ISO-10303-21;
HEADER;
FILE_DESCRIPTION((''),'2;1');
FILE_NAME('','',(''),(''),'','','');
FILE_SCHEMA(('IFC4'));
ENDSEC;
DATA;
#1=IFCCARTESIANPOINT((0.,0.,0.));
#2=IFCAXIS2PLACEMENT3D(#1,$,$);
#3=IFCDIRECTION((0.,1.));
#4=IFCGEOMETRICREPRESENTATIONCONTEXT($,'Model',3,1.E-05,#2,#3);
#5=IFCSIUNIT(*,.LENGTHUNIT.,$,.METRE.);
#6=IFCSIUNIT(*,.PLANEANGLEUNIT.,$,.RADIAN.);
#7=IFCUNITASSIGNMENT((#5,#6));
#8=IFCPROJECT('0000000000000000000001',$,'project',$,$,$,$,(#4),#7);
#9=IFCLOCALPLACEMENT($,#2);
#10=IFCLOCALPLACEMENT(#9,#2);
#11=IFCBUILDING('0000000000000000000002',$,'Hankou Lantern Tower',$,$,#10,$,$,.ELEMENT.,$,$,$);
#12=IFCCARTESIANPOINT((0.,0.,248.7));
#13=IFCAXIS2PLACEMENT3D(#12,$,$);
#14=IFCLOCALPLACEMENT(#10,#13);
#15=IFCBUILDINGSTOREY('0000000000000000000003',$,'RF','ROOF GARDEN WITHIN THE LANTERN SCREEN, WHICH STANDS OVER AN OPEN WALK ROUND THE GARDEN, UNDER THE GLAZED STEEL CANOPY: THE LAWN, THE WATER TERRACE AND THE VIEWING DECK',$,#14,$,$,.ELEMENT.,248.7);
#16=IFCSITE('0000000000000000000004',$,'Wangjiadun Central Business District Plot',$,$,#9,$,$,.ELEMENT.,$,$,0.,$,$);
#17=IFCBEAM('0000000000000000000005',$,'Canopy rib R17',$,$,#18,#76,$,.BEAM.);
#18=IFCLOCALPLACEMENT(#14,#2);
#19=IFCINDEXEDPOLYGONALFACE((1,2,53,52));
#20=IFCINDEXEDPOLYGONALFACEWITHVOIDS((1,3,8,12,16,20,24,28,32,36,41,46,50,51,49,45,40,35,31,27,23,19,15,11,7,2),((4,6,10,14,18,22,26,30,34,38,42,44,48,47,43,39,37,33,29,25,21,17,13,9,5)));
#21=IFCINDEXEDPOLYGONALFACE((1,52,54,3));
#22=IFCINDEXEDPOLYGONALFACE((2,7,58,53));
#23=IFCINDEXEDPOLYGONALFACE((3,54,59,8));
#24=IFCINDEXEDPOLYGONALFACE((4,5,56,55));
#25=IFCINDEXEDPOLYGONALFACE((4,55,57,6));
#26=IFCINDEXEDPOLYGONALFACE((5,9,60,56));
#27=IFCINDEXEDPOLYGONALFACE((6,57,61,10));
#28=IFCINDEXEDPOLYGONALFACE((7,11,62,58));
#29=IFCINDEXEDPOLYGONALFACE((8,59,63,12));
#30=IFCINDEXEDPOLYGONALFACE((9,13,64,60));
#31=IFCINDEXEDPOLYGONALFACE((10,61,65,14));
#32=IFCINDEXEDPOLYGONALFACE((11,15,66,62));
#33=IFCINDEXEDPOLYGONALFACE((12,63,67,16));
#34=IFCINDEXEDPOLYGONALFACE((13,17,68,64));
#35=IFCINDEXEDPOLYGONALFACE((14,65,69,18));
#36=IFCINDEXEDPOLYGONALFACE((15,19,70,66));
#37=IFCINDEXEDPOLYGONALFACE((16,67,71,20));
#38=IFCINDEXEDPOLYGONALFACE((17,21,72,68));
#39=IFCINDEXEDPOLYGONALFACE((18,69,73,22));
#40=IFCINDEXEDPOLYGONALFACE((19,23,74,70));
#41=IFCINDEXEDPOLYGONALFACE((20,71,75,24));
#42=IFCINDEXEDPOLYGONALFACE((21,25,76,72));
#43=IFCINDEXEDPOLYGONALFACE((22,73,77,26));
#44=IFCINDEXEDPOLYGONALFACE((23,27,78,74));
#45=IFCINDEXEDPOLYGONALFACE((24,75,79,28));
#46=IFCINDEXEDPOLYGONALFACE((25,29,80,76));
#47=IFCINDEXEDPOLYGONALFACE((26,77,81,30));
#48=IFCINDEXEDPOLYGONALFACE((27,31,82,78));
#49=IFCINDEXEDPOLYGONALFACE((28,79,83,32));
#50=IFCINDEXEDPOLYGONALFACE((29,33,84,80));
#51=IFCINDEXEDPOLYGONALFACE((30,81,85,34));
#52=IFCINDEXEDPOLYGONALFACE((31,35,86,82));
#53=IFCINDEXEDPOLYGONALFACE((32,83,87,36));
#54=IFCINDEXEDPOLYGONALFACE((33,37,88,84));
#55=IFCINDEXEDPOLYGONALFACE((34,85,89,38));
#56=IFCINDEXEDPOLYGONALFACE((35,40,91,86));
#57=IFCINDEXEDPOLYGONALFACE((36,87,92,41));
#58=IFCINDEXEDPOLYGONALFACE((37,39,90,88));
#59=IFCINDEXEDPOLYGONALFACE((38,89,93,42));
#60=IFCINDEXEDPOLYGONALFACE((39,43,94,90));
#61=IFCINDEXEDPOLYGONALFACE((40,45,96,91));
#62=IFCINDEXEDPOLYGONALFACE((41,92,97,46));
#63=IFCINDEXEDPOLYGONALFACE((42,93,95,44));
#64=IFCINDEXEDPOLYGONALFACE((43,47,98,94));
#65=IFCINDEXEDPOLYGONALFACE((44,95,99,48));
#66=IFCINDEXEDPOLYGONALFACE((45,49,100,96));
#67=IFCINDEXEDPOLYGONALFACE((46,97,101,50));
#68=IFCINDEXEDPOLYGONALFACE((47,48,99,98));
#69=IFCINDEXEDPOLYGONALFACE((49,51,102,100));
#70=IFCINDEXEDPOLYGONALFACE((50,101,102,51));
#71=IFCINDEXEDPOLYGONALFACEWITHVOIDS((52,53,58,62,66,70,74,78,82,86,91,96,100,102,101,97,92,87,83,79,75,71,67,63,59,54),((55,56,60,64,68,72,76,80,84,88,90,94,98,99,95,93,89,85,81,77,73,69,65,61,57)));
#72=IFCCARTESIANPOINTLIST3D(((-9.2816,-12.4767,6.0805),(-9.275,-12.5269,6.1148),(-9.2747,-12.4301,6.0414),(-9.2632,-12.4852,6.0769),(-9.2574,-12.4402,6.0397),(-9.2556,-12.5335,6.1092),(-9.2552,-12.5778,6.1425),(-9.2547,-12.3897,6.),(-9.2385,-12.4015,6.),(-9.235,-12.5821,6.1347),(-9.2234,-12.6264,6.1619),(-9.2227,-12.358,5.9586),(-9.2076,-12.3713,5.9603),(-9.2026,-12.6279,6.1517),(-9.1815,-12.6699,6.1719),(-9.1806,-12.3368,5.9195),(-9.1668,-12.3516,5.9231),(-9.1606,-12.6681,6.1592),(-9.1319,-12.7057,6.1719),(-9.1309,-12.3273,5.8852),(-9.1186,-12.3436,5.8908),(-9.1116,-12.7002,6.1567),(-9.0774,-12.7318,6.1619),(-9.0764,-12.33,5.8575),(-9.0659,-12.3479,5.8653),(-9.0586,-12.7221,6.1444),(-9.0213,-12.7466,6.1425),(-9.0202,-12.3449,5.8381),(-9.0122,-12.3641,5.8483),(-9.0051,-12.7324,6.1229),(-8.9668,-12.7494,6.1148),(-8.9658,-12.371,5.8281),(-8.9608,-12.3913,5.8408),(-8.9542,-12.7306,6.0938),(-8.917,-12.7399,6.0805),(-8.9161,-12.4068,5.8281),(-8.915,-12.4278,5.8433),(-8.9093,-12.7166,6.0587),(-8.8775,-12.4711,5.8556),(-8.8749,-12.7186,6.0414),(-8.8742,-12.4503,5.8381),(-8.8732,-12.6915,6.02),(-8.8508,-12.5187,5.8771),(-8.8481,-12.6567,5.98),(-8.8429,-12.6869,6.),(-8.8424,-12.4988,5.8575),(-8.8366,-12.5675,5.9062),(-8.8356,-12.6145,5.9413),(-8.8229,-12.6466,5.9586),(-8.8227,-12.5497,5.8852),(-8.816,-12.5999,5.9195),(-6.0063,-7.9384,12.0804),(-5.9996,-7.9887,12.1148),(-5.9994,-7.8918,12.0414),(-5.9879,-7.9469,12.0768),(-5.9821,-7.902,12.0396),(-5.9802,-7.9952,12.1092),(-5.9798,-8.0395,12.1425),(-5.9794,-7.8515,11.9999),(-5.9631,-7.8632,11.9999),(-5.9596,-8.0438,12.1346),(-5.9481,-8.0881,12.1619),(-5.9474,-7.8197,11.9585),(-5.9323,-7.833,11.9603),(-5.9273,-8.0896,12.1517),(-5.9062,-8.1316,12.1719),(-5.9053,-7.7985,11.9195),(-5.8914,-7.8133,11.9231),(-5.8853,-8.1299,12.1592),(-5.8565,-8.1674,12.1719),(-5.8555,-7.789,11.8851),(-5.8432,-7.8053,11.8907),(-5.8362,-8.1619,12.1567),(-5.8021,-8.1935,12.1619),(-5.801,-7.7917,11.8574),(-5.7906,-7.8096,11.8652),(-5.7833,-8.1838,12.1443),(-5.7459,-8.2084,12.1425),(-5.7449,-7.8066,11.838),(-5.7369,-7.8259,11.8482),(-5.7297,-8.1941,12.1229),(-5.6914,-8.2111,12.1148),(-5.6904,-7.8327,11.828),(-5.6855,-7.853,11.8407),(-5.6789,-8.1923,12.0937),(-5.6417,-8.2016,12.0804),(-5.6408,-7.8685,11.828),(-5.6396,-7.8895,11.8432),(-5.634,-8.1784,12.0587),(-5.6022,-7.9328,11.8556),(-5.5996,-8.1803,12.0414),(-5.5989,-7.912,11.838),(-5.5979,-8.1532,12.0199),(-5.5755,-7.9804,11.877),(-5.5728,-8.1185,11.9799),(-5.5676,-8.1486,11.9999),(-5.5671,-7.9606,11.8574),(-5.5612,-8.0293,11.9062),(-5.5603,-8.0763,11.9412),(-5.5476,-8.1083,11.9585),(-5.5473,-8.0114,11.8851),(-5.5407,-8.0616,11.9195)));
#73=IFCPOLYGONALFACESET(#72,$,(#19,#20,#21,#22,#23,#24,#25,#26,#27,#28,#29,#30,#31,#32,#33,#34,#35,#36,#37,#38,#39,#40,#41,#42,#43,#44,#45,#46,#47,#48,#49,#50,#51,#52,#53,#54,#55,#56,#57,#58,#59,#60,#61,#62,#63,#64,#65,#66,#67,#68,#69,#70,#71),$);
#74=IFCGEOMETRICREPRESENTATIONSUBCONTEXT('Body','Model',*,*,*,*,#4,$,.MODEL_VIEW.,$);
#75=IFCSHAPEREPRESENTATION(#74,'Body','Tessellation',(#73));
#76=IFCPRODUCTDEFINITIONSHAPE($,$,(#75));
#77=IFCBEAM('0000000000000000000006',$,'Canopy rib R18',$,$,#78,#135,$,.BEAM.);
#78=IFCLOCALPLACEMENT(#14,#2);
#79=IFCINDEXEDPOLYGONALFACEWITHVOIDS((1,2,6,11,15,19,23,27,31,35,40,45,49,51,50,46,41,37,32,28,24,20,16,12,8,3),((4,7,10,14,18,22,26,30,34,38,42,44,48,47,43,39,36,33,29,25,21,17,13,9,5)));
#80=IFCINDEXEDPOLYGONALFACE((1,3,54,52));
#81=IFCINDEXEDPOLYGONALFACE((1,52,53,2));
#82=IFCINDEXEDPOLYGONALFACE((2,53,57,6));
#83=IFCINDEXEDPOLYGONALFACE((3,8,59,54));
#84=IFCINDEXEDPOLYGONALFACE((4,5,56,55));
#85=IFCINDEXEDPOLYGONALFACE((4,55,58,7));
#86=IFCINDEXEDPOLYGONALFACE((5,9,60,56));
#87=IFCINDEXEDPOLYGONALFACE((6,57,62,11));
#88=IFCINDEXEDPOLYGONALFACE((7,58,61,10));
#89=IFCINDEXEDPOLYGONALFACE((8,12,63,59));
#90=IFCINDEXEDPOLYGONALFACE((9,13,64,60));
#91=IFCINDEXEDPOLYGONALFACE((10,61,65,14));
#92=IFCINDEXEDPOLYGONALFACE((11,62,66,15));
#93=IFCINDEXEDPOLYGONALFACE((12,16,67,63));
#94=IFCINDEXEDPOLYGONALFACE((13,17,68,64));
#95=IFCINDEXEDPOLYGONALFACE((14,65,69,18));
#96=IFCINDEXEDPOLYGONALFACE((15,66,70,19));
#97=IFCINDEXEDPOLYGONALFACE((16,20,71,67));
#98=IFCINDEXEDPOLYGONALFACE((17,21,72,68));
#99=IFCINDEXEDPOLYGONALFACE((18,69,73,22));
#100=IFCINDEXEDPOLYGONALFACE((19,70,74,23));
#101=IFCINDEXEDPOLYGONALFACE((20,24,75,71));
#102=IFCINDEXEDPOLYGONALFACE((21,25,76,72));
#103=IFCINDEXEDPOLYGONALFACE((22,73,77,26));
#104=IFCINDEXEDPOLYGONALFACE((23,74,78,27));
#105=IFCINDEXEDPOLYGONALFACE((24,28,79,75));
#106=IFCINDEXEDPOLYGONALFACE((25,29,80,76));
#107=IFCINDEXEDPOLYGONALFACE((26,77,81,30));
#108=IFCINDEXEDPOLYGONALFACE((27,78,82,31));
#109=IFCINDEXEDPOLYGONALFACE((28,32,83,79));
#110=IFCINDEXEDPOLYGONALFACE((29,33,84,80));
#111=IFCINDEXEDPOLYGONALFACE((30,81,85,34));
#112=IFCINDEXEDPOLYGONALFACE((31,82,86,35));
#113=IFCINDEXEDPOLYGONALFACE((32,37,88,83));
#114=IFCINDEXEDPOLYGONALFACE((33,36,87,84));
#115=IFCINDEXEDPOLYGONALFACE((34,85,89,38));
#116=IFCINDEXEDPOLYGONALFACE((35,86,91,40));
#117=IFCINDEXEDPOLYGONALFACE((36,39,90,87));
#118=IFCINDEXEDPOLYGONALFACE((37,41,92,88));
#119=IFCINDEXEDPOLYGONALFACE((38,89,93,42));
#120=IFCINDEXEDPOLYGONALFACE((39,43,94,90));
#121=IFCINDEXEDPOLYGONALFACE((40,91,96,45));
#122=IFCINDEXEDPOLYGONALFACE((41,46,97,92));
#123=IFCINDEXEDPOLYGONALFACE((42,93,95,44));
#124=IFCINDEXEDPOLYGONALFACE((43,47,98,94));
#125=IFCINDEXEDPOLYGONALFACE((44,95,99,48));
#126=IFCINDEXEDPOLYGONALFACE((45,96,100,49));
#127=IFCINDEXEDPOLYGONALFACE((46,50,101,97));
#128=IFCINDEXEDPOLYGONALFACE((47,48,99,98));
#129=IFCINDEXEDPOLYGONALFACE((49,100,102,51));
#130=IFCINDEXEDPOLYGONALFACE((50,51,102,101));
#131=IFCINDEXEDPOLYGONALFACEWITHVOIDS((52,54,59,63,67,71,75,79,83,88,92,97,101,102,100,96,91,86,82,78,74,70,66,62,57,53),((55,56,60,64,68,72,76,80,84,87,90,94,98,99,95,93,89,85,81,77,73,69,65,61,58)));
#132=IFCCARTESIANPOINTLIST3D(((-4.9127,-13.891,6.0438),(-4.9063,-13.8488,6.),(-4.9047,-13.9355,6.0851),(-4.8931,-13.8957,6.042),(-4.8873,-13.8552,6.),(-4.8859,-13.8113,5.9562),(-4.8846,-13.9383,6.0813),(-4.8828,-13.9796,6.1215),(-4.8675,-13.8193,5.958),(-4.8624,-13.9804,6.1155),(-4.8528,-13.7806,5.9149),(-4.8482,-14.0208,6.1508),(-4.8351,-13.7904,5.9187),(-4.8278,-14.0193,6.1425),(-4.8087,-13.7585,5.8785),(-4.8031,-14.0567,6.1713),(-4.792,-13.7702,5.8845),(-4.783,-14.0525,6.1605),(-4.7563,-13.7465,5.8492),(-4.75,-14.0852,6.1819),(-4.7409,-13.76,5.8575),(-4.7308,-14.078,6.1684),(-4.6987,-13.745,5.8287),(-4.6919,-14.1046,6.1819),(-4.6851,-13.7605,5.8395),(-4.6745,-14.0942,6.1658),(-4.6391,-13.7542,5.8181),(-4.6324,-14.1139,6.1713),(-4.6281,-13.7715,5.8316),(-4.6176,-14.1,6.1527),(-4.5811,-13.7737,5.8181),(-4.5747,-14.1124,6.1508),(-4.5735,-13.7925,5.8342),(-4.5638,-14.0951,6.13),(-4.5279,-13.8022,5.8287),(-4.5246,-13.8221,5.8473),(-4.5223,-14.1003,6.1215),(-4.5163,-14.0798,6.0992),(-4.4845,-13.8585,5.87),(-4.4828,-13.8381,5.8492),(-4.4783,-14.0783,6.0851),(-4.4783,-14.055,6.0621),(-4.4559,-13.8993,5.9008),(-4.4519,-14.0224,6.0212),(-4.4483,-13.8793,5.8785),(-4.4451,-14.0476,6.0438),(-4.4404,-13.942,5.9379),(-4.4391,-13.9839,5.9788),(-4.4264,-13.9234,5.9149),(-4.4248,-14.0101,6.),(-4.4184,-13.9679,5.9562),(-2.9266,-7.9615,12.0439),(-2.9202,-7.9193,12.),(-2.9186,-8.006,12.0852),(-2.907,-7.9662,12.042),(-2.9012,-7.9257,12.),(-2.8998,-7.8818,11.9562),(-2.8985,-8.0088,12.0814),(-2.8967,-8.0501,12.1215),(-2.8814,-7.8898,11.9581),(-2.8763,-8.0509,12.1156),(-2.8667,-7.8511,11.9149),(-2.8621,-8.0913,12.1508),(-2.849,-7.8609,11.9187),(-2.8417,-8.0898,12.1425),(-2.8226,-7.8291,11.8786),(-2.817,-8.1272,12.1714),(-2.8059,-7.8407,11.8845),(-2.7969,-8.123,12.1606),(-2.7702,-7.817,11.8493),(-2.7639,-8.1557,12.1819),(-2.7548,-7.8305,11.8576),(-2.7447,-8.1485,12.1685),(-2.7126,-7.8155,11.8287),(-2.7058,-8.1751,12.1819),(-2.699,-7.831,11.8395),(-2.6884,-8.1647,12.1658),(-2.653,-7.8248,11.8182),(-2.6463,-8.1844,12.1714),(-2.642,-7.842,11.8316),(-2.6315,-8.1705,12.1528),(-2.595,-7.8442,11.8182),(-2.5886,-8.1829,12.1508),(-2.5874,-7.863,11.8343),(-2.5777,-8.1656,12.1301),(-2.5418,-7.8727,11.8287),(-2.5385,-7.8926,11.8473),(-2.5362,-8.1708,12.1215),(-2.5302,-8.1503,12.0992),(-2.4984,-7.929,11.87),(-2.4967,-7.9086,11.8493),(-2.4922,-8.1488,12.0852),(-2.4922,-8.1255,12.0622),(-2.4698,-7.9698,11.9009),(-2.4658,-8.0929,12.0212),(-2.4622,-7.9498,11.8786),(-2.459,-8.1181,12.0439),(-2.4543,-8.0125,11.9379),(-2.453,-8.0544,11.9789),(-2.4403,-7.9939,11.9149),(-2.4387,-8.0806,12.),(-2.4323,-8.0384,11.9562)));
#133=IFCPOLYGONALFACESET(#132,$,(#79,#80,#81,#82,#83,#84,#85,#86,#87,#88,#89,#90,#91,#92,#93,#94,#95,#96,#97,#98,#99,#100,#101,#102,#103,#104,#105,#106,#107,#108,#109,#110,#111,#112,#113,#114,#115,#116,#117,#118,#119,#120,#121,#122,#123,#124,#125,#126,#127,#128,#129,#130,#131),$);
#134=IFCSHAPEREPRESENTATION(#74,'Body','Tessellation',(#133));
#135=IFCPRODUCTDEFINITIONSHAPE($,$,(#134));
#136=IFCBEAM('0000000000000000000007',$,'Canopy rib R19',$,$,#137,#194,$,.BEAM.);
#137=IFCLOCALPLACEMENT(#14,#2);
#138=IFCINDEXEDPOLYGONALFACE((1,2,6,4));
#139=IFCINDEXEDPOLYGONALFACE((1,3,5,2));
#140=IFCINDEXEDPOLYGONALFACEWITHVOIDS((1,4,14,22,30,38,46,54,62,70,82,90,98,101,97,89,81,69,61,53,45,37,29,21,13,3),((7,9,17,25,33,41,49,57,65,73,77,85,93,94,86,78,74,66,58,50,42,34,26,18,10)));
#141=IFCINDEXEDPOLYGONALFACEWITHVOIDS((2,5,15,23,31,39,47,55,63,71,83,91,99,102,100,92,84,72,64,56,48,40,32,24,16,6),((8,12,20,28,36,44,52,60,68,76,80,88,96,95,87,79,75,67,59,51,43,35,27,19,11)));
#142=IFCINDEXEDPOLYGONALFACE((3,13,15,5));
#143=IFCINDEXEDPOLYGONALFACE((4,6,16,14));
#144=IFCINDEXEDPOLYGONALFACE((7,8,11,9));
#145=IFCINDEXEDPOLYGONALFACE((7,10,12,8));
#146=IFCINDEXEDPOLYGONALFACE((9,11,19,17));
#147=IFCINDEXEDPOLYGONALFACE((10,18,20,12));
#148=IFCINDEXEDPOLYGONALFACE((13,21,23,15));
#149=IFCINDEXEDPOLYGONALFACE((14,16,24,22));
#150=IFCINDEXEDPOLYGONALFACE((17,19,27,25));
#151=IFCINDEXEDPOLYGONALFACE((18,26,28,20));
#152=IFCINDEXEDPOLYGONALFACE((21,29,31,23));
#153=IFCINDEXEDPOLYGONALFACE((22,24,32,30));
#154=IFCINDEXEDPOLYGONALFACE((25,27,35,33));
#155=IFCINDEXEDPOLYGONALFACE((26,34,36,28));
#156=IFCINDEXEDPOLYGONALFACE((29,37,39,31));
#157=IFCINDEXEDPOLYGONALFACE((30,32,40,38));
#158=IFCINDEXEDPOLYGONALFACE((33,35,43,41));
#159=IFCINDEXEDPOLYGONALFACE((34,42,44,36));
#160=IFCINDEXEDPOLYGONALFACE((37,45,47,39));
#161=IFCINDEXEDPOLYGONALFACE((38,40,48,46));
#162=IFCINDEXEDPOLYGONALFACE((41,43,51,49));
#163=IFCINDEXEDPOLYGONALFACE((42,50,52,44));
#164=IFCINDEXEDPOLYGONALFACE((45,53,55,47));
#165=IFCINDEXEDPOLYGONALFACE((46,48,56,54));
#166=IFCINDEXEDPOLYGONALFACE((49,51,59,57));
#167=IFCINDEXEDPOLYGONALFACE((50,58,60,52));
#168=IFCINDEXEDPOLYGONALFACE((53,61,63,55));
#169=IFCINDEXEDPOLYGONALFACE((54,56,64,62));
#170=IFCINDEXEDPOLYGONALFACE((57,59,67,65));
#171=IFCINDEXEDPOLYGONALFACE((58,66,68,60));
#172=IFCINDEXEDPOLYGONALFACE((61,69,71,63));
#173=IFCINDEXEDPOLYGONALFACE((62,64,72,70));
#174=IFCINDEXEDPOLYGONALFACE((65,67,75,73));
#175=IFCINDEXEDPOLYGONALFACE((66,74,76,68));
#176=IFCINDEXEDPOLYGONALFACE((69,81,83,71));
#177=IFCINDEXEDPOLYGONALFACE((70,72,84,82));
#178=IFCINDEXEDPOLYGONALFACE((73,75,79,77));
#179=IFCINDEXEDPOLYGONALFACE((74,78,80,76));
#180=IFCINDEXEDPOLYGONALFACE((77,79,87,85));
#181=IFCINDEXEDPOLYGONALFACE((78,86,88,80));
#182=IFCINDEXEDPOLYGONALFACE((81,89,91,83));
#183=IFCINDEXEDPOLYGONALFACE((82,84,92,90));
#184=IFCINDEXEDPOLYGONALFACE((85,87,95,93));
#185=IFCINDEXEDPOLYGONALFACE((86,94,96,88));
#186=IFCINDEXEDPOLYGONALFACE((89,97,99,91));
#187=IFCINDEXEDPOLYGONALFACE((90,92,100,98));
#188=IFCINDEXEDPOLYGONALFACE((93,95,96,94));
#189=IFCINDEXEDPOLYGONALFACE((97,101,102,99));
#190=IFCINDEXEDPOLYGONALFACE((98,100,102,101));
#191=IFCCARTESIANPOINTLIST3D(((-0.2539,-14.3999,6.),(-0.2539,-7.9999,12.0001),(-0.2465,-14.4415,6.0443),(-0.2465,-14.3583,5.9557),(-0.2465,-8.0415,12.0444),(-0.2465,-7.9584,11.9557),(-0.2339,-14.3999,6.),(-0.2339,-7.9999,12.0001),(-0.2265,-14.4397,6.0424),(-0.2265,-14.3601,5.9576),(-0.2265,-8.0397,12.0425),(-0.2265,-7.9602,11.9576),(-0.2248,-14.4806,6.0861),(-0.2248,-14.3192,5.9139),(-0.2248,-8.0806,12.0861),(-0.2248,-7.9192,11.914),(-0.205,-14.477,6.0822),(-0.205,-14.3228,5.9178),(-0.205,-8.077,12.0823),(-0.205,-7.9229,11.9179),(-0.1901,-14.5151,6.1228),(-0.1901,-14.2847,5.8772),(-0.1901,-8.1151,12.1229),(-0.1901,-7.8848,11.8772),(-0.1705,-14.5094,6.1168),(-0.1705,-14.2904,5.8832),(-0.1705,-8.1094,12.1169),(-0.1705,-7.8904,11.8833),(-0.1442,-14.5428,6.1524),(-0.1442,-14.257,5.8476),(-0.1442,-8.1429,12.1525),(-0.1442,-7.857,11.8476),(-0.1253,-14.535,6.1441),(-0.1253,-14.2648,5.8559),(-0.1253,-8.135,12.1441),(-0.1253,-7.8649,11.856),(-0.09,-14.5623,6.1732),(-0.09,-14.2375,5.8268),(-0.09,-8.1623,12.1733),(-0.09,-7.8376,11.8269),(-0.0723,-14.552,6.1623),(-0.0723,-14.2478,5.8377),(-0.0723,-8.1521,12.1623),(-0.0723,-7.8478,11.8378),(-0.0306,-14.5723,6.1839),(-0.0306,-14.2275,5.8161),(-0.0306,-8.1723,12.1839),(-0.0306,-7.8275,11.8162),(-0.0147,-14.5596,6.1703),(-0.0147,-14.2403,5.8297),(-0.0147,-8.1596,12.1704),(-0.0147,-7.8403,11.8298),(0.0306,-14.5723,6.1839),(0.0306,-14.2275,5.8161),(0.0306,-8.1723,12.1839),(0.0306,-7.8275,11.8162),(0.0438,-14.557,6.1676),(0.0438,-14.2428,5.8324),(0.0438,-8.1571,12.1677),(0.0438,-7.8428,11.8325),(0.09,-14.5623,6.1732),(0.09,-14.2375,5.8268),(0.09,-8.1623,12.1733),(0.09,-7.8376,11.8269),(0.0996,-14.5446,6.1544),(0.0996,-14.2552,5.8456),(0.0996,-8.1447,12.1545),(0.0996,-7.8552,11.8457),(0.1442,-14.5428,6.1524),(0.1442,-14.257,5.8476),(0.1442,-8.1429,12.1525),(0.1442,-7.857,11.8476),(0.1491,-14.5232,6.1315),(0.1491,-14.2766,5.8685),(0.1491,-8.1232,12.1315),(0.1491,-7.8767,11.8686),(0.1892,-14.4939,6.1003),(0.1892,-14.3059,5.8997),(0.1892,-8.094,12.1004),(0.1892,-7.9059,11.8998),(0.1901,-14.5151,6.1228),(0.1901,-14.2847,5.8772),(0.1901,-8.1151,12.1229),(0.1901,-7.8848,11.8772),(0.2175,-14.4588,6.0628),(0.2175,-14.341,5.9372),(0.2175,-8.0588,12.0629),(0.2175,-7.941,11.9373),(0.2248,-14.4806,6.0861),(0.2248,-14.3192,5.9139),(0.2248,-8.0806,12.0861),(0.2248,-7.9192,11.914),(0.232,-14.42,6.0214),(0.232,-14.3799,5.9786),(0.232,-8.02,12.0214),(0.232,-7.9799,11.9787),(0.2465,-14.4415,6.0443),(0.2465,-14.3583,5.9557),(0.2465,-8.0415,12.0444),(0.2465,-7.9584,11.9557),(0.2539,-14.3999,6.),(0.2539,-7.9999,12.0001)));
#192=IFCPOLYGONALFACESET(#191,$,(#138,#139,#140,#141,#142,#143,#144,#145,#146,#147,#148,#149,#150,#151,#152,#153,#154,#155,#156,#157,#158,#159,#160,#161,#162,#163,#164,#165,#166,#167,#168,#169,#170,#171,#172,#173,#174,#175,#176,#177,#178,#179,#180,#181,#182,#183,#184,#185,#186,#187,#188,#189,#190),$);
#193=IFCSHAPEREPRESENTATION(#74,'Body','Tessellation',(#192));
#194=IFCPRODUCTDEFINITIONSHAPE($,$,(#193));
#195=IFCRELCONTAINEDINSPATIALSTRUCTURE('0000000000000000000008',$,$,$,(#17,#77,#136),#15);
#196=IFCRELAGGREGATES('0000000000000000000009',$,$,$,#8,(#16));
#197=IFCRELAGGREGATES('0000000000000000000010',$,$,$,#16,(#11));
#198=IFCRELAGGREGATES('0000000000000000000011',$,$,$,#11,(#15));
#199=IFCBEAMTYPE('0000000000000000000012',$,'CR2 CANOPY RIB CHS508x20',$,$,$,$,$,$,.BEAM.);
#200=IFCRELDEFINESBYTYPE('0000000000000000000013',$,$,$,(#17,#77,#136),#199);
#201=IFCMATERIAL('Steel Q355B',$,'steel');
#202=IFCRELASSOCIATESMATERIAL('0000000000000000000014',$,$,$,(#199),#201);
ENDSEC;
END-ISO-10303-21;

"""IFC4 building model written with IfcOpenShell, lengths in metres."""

from ifc_helpers import new_model, si_unit, direction, frame, origin, origin_2d, place, context, subcontext, project, spatial, hollow_circle, extrude, material, material_profile, profile_set, type_object, element, save


model = new_model("IFC4")

# Units and contexts
model_context = context("Model", 3, precision=1e-05, world=origin(), true_north=direction((0.0, 1.0)))
body_context = subcontext(model_context, "Body", "Model", "MODEL_VIEW")
ifc_project = project(units=[si_unit("LENGTHUNIT", "METRE"), si_unit("PLANEANGLEUNIT", "RADIAN")], contexts=[model_context])

# Site, building, storey
site_placement = place(None, origin())
site = spatial("IfcSite", under=ifc_project, at=site_placement, Name="Wangjiadun Central Business District Plot", CompositionType="ELEMENT", RefElevation=0.0)
building_placement = place(site_placement, origin())
building = spatial("IfcBuilding", under=site, at=building_placement, Name="Hankou Lantern Tower", CompositionType="ELEMENT")
storey_placement = place(building_placement, frame((0.0, 0.0, 248.7)))
storey = spatial("IfcBuildingStorey", under=building, at=storey_placement, Name="RF", Description="ROOF GARDEN WITHIN THE LANTERN SCREEN, WHICH STANDS OVER AN OPEN WALK ROUND THE GARDEN, UNDER THE GLAZED STEEL CANOPY: THE LAWN, THE WATER TERRACE AND THE VIEWING DECK", CompositionType="ELEMENT", Elevation=248.7)

# Beams
ifc_material_1 = material(Name="Steel Q355B", Category="steel")
ifc_material_profile_1 = material_profile(ifc_material_1, hollow_circle(Radius=0.2539, WallThickness=0.02, at=origin_2d()), Name="CHS508x20")
ifc_profile_set_1 = profile_set([ifc_material_profile_1], Name="Steel Q355B")
beam_type_1 = type_object("IfcBeamType", Name="CR2 CANOPY RIB CHS508x20", PredefinedType="BEAM", material=ifc_profile_set_1)
beam_1_placement = place(storey_placement, frame((-9.0488, -12.5383, 6.0), z_axis=(0.399187, 0.553107, 0.731247), x_axis=(-0.810874, 0.585221, 0.0)))
element("IfcBeam", 1, at=beam_1_placement, inside=storey, type_object=beam_type_1, Name="Canopy rib R17", PredefinedType="BEAM", context=body_context, shape_type="SweptSolid", body=[
    extrude(hollow_circle(Radius=0.2539, WallThickness=0.02, at=origin_2d()), origin(), (0.0, 0.0, 1.0), 8.2051),
])
beam_2_placement = place(storey_placement, frame((-4.6655, -13.9294, 6.0), z_axis=(0.229176, 0.684204, 0.692346), x_axis=(-0.948222, 0.31761, 0.0)))
element("IfcBeam", 2, at=beam_2_placement, inside=storey, type_object=beam_type_1, Name="Canopy rib R18", PredefinedType="BEAM", context=body_context, shape_type="SweptSolid", body=[
    extrude(hollow_circle(Radius=0.2539, WallThickness=0.02, at=origin_2d()), origin(), (0.0, 0.0, 1.0), 8.6663),
])
beam_3_placement = place(storey_placement, frame((0.0, -14.3999, 6.0), z_axis=(0.0, 0.729532, 0.683947), x_axis=(-1.0, 0.0, 0.0)))
element("IfcBeam", 3, at=beam_3_placement, inside=storey, type_object=beam_type_1, Name="Canopy rib R19", PredefinedType="BEAM", context=body_context, shape_type="SweptSolid", body=[
    extrude(hollow_circle(Radius=0.2539, WallThickness=0.02, at=origin_2d()), origin(), (0.0, 0.0, 1.0), 8.7727),
])

save(model, "model.ifc")
